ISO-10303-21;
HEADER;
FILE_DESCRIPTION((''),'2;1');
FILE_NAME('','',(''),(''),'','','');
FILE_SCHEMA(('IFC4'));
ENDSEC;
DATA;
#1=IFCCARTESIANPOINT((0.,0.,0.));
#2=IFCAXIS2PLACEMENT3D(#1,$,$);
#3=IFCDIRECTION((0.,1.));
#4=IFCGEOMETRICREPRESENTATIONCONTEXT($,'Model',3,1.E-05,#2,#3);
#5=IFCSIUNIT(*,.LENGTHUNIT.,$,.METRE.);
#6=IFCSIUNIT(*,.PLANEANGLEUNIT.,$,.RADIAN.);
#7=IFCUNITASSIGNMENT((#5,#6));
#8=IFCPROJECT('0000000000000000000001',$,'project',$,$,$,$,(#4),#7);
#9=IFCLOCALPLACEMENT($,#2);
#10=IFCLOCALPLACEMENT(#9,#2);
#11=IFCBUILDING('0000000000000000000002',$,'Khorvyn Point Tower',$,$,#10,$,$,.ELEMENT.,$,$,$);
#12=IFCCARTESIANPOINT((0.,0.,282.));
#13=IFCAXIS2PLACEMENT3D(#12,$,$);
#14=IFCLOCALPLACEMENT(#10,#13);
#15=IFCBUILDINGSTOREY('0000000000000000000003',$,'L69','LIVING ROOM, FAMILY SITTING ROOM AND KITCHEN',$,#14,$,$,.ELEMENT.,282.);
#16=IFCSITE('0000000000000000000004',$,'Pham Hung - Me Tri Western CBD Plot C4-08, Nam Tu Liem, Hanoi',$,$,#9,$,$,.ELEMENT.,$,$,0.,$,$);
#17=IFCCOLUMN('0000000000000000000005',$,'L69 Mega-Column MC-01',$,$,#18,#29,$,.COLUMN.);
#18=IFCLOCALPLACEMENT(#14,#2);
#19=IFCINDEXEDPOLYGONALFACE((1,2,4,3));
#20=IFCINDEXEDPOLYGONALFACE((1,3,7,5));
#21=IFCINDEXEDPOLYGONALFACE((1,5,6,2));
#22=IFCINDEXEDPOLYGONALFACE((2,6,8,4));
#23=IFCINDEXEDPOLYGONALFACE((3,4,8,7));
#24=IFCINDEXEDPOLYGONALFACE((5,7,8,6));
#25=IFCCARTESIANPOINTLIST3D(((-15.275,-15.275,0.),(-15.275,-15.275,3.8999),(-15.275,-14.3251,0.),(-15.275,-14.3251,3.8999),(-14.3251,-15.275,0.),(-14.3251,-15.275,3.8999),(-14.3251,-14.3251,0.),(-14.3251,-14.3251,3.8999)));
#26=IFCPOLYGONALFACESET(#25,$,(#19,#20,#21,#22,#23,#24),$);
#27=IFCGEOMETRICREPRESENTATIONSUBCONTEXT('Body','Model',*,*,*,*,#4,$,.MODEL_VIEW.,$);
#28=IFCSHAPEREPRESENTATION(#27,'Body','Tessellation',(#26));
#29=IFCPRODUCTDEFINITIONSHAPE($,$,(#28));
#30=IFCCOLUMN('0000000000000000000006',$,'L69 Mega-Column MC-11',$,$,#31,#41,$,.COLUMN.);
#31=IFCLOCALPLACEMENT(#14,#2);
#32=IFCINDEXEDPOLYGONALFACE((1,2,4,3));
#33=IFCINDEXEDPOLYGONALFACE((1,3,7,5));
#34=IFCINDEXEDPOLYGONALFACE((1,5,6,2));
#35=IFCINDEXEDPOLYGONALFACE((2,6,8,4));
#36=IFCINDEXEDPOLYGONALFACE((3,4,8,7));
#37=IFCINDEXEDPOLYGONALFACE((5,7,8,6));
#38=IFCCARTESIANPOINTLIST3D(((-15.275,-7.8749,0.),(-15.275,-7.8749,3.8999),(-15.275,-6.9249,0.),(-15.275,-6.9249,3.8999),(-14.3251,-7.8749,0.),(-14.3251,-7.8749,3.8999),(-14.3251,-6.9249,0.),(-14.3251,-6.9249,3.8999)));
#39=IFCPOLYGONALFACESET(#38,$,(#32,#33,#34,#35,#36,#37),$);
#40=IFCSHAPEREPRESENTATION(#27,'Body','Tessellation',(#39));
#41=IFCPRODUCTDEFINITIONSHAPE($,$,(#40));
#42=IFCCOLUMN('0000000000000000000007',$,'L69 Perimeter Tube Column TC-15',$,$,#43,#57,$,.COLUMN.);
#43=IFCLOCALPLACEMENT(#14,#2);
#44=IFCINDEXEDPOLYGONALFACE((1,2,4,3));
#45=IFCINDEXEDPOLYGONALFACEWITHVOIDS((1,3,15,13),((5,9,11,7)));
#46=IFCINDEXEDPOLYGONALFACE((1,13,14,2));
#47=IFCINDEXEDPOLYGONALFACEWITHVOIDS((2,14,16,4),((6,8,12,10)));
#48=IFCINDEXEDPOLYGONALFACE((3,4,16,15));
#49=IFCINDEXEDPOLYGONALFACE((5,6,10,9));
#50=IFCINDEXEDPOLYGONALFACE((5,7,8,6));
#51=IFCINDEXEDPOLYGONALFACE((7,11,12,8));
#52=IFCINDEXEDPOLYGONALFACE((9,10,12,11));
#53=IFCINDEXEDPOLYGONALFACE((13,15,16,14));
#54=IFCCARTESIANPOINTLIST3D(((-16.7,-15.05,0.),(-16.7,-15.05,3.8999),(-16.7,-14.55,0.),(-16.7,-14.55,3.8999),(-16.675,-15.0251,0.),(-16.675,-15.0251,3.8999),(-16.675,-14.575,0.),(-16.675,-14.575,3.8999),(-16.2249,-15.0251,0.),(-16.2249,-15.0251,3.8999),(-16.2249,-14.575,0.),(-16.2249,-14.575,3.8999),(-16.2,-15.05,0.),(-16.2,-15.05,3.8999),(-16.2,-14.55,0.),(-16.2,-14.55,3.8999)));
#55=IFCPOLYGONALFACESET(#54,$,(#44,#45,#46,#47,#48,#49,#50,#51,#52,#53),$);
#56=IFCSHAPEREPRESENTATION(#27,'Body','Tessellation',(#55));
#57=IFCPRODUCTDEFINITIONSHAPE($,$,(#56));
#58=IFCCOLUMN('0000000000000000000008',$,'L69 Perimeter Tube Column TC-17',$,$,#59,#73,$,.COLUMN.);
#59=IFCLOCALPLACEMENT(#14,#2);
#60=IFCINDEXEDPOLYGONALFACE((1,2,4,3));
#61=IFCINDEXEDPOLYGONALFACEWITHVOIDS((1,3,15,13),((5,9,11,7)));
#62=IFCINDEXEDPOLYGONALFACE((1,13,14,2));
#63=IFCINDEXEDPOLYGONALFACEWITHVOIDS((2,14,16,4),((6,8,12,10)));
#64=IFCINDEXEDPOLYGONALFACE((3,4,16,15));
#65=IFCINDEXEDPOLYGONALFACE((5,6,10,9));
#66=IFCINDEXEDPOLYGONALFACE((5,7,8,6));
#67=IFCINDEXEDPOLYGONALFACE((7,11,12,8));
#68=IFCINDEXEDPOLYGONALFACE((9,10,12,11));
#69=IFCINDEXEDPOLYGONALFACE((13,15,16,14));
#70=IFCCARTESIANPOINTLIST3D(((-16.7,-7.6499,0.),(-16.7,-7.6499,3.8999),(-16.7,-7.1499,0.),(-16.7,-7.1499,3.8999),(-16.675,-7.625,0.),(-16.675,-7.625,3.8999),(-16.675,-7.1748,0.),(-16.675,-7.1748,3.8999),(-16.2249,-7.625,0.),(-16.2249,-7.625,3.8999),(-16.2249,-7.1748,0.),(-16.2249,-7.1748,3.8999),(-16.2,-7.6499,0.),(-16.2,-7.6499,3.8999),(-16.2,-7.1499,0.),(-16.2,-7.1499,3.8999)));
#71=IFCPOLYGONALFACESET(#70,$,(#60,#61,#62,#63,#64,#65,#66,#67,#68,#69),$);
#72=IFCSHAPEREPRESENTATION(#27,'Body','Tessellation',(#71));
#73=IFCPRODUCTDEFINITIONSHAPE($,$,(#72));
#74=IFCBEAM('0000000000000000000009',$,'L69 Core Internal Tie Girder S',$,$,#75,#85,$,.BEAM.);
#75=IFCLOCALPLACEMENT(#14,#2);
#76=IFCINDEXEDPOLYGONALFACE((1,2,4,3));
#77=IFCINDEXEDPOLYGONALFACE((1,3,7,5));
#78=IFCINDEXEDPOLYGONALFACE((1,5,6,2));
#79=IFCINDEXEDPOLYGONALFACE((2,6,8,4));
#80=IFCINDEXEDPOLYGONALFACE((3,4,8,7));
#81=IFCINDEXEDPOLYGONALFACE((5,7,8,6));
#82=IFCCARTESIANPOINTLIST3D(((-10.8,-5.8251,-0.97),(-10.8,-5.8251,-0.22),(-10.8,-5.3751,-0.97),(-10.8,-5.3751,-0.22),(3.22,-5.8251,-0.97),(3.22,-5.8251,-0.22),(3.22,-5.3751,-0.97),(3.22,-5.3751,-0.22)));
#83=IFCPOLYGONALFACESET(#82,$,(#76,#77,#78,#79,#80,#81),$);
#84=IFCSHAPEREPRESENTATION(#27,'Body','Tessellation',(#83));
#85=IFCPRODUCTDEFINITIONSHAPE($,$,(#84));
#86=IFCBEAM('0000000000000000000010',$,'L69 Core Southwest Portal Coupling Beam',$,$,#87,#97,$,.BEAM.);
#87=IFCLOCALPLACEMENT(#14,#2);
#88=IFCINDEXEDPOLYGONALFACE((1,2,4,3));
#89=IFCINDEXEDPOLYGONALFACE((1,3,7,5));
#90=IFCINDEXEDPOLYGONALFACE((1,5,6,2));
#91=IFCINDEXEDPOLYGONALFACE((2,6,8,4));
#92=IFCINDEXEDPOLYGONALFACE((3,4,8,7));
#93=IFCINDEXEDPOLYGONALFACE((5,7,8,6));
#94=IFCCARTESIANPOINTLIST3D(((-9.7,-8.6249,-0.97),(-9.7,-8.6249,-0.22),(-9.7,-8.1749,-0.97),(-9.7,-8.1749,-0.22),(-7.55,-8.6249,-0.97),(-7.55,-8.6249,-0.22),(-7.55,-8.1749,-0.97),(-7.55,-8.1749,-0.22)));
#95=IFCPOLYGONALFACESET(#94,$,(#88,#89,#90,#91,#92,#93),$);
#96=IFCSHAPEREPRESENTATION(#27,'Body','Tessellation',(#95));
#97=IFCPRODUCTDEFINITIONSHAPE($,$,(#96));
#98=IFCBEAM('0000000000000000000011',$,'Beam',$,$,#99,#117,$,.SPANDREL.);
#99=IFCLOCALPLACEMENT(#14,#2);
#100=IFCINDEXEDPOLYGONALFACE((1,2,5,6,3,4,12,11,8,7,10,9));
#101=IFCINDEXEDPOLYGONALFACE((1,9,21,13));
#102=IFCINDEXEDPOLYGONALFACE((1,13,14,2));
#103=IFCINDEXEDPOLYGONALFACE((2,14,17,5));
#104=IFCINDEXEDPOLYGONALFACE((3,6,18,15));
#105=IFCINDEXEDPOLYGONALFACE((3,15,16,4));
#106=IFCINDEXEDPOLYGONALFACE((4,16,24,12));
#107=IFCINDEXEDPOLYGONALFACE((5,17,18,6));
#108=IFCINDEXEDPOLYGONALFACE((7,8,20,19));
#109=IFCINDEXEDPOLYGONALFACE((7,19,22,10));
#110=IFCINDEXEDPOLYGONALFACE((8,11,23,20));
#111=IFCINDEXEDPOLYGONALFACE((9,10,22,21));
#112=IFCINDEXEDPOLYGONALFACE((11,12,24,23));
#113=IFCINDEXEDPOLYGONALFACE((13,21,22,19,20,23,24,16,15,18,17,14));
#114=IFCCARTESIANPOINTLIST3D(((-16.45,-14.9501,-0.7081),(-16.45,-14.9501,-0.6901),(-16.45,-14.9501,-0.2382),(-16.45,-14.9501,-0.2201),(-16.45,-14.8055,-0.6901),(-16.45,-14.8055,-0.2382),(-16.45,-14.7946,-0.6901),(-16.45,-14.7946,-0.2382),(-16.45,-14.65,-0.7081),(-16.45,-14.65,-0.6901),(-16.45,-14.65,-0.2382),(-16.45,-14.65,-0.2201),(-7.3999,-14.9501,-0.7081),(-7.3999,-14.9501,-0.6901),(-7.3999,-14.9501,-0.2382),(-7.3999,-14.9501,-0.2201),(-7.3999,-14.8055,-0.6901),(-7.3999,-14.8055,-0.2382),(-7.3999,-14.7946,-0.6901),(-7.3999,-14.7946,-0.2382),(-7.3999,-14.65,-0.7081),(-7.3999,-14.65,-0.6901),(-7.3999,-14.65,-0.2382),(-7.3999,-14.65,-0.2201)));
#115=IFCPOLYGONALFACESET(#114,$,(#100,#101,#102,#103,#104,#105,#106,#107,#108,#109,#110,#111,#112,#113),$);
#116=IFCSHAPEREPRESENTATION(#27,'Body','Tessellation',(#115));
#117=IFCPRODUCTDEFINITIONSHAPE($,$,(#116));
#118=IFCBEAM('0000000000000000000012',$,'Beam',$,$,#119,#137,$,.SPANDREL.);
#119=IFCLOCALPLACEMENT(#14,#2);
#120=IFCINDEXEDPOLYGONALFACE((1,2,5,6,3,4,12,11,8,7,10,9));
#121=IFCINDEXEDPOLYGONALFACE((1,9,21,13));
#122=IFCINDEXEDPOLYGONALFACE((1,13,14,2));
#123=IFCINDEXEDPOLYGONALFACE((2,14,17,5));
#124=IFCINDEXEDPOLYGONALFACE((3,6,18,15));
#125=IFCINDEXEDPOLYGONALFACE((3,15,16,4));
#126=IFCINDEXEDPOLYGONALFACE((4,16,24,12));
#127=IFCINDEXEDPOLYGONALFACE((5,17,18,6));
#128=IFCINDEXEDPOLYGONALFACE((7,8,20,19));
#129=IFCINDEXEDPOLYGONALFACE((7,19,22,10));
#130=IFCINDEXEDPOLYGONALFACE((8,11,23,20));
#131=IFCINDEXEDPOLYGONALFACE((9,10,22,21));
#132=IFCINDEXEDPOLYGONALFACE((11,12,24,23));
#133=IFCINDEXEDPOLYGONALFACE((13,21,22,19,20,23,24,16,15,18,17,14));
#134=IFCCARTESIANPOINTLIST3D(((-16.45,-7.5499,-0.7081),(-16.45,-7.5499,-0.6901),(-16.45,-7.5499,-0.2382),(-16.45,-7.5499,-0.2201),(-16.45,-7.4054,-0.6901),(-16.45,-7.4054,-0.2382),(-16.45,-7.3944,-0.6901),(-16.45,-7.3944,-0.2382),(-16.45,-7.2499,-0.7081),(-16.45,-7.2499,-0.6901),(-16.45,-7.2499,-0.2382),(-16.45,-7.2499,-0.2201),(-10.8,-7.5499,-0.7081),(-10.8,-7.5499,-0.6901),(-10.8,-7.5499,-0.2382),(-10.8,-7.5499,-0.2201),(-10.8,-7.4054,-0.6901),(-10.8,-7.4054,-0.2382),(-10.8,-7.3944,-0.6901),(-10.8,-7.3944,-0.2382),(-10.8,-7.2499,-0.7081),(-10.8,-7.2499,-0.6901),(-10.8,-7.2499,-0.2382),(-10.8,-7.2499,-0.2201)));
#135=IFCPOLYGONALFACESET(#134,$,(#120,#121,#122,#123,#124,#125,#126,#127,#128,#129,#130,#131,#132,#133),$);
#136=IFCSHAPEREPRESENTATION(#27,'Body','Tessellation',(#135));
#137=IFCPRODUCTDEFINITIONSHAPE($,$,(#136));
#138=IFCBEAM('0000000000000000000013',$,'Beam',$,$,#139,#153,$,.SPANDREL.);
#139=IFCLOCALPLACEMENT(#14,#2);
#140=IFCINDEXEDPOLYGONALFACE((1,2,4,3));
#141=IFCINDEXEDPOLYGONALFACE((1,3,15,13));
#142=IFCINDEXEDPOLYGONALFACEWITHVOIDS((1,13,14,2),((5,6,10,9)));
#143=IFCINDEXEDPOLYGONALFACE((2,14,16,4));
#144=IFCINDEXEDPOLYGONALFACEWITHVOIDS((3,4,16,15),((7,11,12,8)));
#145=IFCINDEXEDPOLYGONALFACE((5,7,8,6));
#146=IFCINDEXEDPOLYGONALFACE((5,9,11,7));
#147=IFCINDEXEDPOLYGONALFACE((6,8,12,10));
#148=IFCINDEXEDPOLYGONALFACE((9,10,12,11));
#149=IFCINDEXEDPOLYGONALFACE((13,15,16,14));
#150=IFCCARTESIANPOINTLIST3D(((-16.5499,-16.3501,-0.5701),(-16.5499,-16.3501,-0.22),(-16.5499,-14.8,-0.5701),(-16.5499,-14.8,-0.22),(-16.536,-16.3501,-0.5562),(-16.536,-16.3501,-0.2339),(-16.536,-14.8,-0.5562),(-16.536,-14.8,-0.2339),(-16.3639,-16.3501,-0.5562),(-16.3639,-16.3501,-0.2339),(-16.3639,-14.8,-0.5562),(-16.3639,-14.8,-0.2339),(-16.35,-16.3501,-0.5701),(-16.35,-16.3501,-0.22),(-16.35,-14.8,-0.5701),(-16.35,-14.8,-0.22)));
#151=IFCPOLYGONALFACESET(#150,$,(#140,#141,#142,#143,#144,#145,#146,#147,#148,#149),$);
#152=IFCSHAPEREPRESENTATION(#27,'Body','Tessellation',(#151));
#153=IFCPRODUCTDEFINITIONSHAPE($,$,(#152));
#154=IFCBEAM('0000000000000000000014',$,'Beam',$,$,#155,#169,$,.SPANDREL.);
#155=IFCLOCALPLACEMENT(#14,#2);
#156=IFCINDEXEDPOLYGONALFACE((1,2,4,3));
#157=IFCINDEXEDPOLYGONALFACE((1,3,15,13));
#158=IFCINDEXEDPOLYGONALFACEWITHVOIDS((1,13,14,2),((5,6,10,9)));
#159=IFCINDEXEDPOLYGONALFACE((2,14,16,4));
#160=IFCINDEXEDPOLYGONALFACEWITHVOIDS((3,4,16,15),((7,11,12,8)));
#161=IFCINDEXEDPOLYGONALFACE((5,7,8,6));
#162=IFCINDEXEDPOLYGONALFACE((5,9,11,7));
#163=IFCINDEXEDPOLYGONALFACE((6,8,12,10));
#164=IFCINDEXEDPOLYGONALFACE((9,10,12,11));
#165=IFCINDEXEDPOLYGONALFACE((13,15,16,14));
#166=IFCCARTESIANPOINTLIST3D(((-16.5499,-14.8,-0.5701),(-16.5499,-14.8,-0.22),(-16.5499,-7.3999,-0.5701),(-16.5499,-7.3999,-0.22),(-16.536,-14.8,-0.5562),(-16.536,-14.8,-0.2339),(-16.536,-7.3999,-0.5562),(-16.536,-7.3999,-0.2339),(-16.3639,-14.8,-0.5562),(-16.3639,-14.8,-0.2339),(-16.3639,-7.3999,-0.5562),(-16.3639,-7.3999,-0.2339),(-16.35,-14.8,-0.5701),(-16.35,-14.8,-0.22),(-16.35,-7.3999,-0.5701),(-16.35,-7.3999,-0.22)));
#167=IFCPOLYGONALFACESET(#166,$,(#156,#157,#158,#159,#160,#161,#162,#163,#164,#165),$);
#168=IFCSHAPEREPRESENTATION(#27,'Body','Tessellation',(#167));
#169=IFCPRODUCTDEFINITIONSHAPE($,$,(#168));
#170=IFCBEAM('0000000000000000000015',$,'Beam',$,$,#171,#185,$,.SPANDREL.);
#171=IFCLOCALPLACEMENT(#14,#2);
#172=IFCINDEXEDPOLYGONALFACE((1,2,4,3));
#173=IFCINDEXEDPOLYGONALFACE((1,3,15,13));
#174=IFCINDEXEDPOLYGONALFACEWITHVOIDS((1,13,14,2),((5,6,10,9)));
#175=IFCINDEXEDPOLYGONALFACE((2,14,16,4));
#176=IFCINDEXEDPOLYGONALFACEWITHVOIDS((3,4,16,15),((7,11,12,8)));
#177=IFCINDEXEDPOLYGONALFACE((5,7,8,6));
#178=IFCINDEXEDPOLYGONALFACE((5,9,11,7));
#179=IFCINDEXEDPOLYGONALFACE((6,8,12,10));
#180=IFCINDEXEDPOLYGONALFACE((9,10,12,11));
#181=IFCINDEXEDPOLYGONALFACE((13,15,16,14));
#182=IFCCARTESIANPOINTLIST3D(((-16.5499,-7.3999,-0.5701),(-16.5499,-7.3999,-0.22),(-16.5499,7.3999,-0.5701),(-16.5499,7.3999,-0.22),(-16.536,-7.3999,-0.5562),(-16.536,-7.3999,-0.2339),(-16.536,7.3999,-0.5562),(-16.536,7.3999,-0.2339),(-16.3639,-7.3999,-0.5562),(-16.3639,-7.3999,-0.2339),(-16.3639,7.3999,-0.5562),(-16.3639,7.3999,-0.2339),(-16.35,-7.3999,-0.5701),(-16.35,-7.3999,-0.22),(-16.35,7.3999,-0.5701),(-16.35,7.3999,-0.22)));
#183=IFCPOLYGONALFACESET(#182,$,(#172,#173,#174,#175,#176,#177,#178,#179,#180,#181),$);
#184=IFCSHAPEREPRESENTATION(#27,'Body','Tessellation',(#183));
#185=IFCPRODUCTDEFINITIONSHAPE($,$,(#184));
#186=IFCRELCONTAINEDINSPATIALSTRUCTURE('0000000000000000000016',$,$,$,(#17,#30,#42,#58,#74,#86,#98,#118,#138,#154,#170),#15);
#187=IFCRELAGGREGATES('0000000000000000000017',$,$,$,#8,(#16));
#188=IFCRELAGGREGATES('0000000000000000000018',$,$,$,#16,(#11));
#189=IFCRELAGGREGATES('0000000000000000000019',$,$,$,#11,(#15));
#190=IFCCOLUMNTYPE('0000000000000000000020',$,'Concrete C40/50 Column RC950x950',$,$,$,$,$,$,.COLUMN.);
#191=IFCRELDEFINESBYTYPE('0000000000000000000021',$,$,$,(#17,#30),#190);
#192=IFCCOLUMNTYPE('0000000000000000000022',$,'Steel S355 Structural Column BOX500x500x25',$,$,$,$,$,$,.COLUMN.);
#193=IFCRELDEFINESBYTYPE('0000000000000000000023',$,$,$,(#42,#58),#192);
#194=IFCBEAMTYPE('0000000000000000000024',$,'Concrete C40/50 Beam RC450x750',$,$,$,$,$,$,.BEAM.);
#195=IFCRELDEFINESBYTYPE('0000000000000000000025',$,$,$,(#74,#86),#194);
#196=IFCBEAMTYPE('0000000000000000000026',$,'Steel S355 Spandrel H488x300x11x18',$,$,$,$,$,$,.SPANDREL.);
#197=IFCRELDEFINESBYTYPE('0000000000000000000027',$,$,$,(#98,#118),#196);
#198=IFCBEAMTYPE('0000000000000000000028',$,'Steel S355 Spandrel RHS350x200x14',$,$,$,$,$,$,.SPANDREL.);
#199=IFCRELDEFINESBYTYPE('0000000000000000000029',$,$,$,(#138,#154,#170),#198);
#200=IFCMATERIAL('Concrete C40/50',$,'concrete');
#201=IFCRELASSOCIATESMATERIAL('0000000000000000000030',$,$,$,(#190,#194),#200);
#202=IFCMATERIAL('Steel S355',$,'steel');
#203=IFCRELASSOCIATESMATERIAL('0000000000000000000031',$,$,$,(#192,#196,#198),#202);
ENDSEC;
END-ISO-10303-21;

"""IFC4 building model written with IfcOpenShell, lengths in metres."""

from ifc_helpers import new_model, si_unit, direction, frame, origin, origin_2d, place, context, subcontext, project, spatial, rectangle, hollow_rectangle, i_section, extrude, material, material_profile, profile_set, type_object, element, save


model = new_model("IFC4")

# Units and contexts
model_context = context("Model", 3, precision=1e-05, world=origin(), true_north=direction((0.0, 1.0)))
body_context = subcontext(model_context, "Body", "Model", "MODEL_VIEW")
ifc_project = project(units=[si_unit("LENGTHUNIT", "METRE"), si_unit("PLANEANGLEUNIT", "RADIAN")], contexts=[model_context])

# Site, building, storey
site_placement = place(None, origin())
site = spatial("IfcSite", under=ifc_project, at=site_placement, Name="Pham Hung - Me Tri Western CBD Plot C4-08, Nam Tu Liem, Hanoi", CompositionType="ELEMENT", RefElevation=0.0)
building_placement = place(site_placement, origin())
building = spatial("IfcBuilding", under=site, at=building_placement, Name="Khorvyn Point Tower", CompositionType="ELEMENT")
storey_placement = place(building_placement, frame((0.0, 0.0, 282.0)))
storey = spatial("IfcBuildingStorey", under=building, at=storey_placement, Name="L69", Description="LIVING ROOM, FAMILY SITTING ROOM AND KITCHEN", CompositionType="ELEMENT", Elevation=282.0)

# Columns
ifc_material_1 = material(Name="Concrete C40/50", Category="concrete")
ifc_material_profile_1 = material_profile(ifc_material_1, rectangle(XDim=0.95, YDim=0.95, at=origin_2d()))
ifc_profile_set_1 = profile_set([ifc_material_profile_1], Name="Concrete C40/50 RC950x950")
column_type_1 = type_object("IfcColumnType", Name="Concrete C40/50 Column RC950x950", PredefinedType="COLUMN", material=ifc_profile_set_1)
for number, where, z_axis, x_axis, name in (
    (1, (-14.8, -14.8, 0.0), (0.0, 0.0, 1.0), (1.0, 0.0, 0.0), "L69 Mega-Column MC-01"),
    (2, (-14.8, -7.3999, 0.0), (0.0, 0.0, 1.0), (1.0, 0.0, 0.0), "L69 Mega-Column MC-11"),
):
    element("IfcColumn", number, at=place(storey_placement, frame(where, z_axis=z_axis, x_axis=x_axis)), inside=storey, type_object=column_type_1, Name=name, PredefinedType="COLUMN", context=body_context, shape_type="SweptSolid", body=[
        extrude(rectangle(XDim=0.95, YDim=0.95, at=origin_2d()), origin(), (0.0, 0.0, 1.0), 3.8999),
    ])
ifc_material_2 = material(Name="Steel S355", Category="steel")
ifc_material_profile_2 = material_profile(ifc_material_2, hollow_rectangle(XDim=0.5, YDim=0.5, WallThickness=0.0249, at=origin_2d()))
ifc_profile_set_2 = profile_set([ifc_material_profile_2], Name="Steel S355 BOX500x500x25")
column_type_2 = type_object("IfcColumnType", Name="Steel S355 Structural Column BOX500x500x25", PredefinedType="COLUMN", material=ifc_profile_set_2)
for number, where, z_axis, x_axis, name in (
    (3, (-16.45, -14.8, 0.0), (0.0, 0.0, 1.0), (1.0, 0.0, 0.0), "L69 Perimeter Tube Column TC-15"),
    (4, (-16.45, -7.3999, 0.0), (0.0, 0.0, 1.0), (1.0, 0.0, 0.0), "L69 Perimeter Tube Column TC-17"),
):
    element("IfcColumn", number, at=place(storey_placement, frame(where, z_axis=z_axis, x_axis=x_axis)), inside=storey, type_object=column_type_2, Name=name, PredefinedType="COLUMN", context=body_context, shape_type="SweptSolid", body=[
        extrude(hollow_rectangle(XDim=0.5, YDim=0.5, WallThickness=0.0249, at=origin_2d()), origin(), (0.0, 0.0, 1.0), 3.8999),
    ])

# Beams
ifc_material_profile_3 = material_profile(ifc_material_1, rectangle(XDim=0.45, YDim=0.75, at=origin_2d()))
ifc_profile_set_3 = profile_set([ifc_material_profile_3], Name="Concrete C40/50 RC450x750")
beam_type_1 = type_object("IfcBeamType", Name="Concrete C40/50 Beam RC450x750", PredefinedType="BEAM", material=ifc_profile_set_3)
beam_1_placement = place(storey_placement, frame((-10.8, -5.6001, -0.595), z_axis=(1.0, 0.0, 0.0), x_axis=(0.0, 1.0, 0.0)))
element("IfcBeam", 5, at=beam_1_placement, inside=storey, type_object=beam_type_1, Name="L69 Core Internal Tie Girder S", PredefinedType="BEAM", context=body_context, shape_type="SweptSolid", body=[
    extrude(rectangle(XDim=0.45, YDim=0.75, at=origin_2d()), origin(), (0.0, 0.0, 1.0), 14.02),
])
beam_2_placement = place(storey_placement, frame((-9.7, -8.3999, -0.595), z_axis=(1.0, 0.0, 0.0), x_axis=(0.0, 1.0, 0.0)))
element("IfcBeam", 6, at=beam_2_placement, inside=storey, type_object=beam_type_1, Name="L69 Core Southwest Portal Coupling Beam", PredefinedType="BEAM", context=body_context, shape_type="SweptSolid", body=[
    extrude(rectangle(XDim=0.45, YDim=0.75, at=origin_2d()), origin(), (0.0, 0.0, 1.0), 2.1499),
])
ifc_material_profile_4 = material_profile(ifc_material_2, i_section(OverallWidth=0.3, OverallDepth=0.488, WebThickness=0.011, FlangeThickness=0.0181, at=origin_2d()))
ifc_profile_set_4 = profile_set([ifc_material_profile_4], Name="Steel S355 H488x300x11x18")
beam_type_2 = type_object("IfcBeamType", Name="Steel S355 Spandrel H488x300x11x18", PredefinedType="SPANDREL", material=ifc_profile_set_4)
beam_3_placement = place(storey_placement, frame((-16.45, -14.8, -0.4641), z_axis=(1.0, 0.0, 0.0), x_axis=(0.0, 1.0, 0.0)))
element("IfcBeam", 7, at=beam_3_placement, inside=storey, type_object=beam_type_2, Name="Beam", PredefinedType="SPANDREL", context=body_context, shape_type="SweptSolid", body=[
    extrude(i_section(OverallWidth=0.3, OverallDepth=0.488, WebThickness=0.011, FlangeThickness=0.0181, at=origin_2d()), origin(), (0.0, 0.0, 1.0), 9.05),
])
beam_4_placement = place(storey_placement, frame((-16.45, -7.3999, -0.4641), z_axis=(1.0, 0.0, 0.0), x_axis=(0.0, 1.0, 0.0)))
element("IfcBeam", 8, at=beam_4_placement, inside=storey, type_object=beam_type_2, Name="Beam", PredefinedType="SPANDREL", context=body_context, shape_type="SweptSolid", body=[
    extrude(i_section(OverallWidth=0.3, OverallDepth=0.488, WebThickness=0.011, FlangeThickness=0.0181, at=origin_2d()), origin(), (0.0, 0.0, 1.0), 5.6499),
])
ifc_material_profile_5 = material_profile(ifc_material_2, hollow_rectangle(XDim=0.2, YDim=0.3501, WallThickness=0.0139, at=origin_2d()))
ifc_profile_set_5 = profile_set([ifc_material_profile_5], Name="Steel S355 RHS350x200x14")
beam_type_3 = type_object("IfcBeamType", Name="Steel S355 Spandrel RHS350x200x14", PredefinedType="SPANDREL", material=ifc_profile_set_5)
beam_5_placement = place(storey_placement, frame((-16.45, -16.3501, -0.395), z_axis=(0.0, 1.0, 0.0), x_axis=(-1.0, 0.0, 0.0)))
element("IfcBeam", 9, at=beam_5_placement, inside=storey, type_object=beam_type_3, Name="Beam", PredefinedType="SPANDREL", context=body_context, shape_type="SweptSolid", body=[
    extrude(hollow_rectangle(XDim=0.2, YDim=0.3501, WallThickness=0.0139, at=origin_2d()), origin(), (0.0, 0.0, 1.0), 1.55),
])
beam_6_placement = place(storey_placement, frame((-16.45, -14.8, -0.395), z_axis=(0.0, 1.0, 0.0), x_axis=(-1.0, 0.0, 0.0)))
element("IfcBeam", 10, at=beam_6_placement, inside=storey, type_object=beam_type_3, Name="Beam", PredefinedType="SPANDREL", context=body_context, shape_type="SweptSolid", body=[
    extrude(hollow_rectangle(XDim=0.2, YDim=0.3501, WallThickness=0.0139, at=origin_2d()), origin(), (0.0, 0.0, 1.0), 7.4001),
])
beam_7_placement = place(storey_placement, frame((-16.45, -7.3999, -0.395), z_axis=(0.0, 1.0, 0.0), x_axis=(-1.0, 0.0, 0.0)))
element("IfcBeam", 11, at=beam_7_placement, inside=storey, type_object=beam_type_3, Name="Beam", PredefinedType="SPANDREL", context=body_context, shape_type="SweptSolid", body=[
    extrude(hollow_rectangle(XDim=0.2, YDim=0.3501, WallThickness=0.0139, at=origin_2d()), origin(), (0.0, 0.0, 1.0), 14.7998),
])

save(model, "model.ifc")
